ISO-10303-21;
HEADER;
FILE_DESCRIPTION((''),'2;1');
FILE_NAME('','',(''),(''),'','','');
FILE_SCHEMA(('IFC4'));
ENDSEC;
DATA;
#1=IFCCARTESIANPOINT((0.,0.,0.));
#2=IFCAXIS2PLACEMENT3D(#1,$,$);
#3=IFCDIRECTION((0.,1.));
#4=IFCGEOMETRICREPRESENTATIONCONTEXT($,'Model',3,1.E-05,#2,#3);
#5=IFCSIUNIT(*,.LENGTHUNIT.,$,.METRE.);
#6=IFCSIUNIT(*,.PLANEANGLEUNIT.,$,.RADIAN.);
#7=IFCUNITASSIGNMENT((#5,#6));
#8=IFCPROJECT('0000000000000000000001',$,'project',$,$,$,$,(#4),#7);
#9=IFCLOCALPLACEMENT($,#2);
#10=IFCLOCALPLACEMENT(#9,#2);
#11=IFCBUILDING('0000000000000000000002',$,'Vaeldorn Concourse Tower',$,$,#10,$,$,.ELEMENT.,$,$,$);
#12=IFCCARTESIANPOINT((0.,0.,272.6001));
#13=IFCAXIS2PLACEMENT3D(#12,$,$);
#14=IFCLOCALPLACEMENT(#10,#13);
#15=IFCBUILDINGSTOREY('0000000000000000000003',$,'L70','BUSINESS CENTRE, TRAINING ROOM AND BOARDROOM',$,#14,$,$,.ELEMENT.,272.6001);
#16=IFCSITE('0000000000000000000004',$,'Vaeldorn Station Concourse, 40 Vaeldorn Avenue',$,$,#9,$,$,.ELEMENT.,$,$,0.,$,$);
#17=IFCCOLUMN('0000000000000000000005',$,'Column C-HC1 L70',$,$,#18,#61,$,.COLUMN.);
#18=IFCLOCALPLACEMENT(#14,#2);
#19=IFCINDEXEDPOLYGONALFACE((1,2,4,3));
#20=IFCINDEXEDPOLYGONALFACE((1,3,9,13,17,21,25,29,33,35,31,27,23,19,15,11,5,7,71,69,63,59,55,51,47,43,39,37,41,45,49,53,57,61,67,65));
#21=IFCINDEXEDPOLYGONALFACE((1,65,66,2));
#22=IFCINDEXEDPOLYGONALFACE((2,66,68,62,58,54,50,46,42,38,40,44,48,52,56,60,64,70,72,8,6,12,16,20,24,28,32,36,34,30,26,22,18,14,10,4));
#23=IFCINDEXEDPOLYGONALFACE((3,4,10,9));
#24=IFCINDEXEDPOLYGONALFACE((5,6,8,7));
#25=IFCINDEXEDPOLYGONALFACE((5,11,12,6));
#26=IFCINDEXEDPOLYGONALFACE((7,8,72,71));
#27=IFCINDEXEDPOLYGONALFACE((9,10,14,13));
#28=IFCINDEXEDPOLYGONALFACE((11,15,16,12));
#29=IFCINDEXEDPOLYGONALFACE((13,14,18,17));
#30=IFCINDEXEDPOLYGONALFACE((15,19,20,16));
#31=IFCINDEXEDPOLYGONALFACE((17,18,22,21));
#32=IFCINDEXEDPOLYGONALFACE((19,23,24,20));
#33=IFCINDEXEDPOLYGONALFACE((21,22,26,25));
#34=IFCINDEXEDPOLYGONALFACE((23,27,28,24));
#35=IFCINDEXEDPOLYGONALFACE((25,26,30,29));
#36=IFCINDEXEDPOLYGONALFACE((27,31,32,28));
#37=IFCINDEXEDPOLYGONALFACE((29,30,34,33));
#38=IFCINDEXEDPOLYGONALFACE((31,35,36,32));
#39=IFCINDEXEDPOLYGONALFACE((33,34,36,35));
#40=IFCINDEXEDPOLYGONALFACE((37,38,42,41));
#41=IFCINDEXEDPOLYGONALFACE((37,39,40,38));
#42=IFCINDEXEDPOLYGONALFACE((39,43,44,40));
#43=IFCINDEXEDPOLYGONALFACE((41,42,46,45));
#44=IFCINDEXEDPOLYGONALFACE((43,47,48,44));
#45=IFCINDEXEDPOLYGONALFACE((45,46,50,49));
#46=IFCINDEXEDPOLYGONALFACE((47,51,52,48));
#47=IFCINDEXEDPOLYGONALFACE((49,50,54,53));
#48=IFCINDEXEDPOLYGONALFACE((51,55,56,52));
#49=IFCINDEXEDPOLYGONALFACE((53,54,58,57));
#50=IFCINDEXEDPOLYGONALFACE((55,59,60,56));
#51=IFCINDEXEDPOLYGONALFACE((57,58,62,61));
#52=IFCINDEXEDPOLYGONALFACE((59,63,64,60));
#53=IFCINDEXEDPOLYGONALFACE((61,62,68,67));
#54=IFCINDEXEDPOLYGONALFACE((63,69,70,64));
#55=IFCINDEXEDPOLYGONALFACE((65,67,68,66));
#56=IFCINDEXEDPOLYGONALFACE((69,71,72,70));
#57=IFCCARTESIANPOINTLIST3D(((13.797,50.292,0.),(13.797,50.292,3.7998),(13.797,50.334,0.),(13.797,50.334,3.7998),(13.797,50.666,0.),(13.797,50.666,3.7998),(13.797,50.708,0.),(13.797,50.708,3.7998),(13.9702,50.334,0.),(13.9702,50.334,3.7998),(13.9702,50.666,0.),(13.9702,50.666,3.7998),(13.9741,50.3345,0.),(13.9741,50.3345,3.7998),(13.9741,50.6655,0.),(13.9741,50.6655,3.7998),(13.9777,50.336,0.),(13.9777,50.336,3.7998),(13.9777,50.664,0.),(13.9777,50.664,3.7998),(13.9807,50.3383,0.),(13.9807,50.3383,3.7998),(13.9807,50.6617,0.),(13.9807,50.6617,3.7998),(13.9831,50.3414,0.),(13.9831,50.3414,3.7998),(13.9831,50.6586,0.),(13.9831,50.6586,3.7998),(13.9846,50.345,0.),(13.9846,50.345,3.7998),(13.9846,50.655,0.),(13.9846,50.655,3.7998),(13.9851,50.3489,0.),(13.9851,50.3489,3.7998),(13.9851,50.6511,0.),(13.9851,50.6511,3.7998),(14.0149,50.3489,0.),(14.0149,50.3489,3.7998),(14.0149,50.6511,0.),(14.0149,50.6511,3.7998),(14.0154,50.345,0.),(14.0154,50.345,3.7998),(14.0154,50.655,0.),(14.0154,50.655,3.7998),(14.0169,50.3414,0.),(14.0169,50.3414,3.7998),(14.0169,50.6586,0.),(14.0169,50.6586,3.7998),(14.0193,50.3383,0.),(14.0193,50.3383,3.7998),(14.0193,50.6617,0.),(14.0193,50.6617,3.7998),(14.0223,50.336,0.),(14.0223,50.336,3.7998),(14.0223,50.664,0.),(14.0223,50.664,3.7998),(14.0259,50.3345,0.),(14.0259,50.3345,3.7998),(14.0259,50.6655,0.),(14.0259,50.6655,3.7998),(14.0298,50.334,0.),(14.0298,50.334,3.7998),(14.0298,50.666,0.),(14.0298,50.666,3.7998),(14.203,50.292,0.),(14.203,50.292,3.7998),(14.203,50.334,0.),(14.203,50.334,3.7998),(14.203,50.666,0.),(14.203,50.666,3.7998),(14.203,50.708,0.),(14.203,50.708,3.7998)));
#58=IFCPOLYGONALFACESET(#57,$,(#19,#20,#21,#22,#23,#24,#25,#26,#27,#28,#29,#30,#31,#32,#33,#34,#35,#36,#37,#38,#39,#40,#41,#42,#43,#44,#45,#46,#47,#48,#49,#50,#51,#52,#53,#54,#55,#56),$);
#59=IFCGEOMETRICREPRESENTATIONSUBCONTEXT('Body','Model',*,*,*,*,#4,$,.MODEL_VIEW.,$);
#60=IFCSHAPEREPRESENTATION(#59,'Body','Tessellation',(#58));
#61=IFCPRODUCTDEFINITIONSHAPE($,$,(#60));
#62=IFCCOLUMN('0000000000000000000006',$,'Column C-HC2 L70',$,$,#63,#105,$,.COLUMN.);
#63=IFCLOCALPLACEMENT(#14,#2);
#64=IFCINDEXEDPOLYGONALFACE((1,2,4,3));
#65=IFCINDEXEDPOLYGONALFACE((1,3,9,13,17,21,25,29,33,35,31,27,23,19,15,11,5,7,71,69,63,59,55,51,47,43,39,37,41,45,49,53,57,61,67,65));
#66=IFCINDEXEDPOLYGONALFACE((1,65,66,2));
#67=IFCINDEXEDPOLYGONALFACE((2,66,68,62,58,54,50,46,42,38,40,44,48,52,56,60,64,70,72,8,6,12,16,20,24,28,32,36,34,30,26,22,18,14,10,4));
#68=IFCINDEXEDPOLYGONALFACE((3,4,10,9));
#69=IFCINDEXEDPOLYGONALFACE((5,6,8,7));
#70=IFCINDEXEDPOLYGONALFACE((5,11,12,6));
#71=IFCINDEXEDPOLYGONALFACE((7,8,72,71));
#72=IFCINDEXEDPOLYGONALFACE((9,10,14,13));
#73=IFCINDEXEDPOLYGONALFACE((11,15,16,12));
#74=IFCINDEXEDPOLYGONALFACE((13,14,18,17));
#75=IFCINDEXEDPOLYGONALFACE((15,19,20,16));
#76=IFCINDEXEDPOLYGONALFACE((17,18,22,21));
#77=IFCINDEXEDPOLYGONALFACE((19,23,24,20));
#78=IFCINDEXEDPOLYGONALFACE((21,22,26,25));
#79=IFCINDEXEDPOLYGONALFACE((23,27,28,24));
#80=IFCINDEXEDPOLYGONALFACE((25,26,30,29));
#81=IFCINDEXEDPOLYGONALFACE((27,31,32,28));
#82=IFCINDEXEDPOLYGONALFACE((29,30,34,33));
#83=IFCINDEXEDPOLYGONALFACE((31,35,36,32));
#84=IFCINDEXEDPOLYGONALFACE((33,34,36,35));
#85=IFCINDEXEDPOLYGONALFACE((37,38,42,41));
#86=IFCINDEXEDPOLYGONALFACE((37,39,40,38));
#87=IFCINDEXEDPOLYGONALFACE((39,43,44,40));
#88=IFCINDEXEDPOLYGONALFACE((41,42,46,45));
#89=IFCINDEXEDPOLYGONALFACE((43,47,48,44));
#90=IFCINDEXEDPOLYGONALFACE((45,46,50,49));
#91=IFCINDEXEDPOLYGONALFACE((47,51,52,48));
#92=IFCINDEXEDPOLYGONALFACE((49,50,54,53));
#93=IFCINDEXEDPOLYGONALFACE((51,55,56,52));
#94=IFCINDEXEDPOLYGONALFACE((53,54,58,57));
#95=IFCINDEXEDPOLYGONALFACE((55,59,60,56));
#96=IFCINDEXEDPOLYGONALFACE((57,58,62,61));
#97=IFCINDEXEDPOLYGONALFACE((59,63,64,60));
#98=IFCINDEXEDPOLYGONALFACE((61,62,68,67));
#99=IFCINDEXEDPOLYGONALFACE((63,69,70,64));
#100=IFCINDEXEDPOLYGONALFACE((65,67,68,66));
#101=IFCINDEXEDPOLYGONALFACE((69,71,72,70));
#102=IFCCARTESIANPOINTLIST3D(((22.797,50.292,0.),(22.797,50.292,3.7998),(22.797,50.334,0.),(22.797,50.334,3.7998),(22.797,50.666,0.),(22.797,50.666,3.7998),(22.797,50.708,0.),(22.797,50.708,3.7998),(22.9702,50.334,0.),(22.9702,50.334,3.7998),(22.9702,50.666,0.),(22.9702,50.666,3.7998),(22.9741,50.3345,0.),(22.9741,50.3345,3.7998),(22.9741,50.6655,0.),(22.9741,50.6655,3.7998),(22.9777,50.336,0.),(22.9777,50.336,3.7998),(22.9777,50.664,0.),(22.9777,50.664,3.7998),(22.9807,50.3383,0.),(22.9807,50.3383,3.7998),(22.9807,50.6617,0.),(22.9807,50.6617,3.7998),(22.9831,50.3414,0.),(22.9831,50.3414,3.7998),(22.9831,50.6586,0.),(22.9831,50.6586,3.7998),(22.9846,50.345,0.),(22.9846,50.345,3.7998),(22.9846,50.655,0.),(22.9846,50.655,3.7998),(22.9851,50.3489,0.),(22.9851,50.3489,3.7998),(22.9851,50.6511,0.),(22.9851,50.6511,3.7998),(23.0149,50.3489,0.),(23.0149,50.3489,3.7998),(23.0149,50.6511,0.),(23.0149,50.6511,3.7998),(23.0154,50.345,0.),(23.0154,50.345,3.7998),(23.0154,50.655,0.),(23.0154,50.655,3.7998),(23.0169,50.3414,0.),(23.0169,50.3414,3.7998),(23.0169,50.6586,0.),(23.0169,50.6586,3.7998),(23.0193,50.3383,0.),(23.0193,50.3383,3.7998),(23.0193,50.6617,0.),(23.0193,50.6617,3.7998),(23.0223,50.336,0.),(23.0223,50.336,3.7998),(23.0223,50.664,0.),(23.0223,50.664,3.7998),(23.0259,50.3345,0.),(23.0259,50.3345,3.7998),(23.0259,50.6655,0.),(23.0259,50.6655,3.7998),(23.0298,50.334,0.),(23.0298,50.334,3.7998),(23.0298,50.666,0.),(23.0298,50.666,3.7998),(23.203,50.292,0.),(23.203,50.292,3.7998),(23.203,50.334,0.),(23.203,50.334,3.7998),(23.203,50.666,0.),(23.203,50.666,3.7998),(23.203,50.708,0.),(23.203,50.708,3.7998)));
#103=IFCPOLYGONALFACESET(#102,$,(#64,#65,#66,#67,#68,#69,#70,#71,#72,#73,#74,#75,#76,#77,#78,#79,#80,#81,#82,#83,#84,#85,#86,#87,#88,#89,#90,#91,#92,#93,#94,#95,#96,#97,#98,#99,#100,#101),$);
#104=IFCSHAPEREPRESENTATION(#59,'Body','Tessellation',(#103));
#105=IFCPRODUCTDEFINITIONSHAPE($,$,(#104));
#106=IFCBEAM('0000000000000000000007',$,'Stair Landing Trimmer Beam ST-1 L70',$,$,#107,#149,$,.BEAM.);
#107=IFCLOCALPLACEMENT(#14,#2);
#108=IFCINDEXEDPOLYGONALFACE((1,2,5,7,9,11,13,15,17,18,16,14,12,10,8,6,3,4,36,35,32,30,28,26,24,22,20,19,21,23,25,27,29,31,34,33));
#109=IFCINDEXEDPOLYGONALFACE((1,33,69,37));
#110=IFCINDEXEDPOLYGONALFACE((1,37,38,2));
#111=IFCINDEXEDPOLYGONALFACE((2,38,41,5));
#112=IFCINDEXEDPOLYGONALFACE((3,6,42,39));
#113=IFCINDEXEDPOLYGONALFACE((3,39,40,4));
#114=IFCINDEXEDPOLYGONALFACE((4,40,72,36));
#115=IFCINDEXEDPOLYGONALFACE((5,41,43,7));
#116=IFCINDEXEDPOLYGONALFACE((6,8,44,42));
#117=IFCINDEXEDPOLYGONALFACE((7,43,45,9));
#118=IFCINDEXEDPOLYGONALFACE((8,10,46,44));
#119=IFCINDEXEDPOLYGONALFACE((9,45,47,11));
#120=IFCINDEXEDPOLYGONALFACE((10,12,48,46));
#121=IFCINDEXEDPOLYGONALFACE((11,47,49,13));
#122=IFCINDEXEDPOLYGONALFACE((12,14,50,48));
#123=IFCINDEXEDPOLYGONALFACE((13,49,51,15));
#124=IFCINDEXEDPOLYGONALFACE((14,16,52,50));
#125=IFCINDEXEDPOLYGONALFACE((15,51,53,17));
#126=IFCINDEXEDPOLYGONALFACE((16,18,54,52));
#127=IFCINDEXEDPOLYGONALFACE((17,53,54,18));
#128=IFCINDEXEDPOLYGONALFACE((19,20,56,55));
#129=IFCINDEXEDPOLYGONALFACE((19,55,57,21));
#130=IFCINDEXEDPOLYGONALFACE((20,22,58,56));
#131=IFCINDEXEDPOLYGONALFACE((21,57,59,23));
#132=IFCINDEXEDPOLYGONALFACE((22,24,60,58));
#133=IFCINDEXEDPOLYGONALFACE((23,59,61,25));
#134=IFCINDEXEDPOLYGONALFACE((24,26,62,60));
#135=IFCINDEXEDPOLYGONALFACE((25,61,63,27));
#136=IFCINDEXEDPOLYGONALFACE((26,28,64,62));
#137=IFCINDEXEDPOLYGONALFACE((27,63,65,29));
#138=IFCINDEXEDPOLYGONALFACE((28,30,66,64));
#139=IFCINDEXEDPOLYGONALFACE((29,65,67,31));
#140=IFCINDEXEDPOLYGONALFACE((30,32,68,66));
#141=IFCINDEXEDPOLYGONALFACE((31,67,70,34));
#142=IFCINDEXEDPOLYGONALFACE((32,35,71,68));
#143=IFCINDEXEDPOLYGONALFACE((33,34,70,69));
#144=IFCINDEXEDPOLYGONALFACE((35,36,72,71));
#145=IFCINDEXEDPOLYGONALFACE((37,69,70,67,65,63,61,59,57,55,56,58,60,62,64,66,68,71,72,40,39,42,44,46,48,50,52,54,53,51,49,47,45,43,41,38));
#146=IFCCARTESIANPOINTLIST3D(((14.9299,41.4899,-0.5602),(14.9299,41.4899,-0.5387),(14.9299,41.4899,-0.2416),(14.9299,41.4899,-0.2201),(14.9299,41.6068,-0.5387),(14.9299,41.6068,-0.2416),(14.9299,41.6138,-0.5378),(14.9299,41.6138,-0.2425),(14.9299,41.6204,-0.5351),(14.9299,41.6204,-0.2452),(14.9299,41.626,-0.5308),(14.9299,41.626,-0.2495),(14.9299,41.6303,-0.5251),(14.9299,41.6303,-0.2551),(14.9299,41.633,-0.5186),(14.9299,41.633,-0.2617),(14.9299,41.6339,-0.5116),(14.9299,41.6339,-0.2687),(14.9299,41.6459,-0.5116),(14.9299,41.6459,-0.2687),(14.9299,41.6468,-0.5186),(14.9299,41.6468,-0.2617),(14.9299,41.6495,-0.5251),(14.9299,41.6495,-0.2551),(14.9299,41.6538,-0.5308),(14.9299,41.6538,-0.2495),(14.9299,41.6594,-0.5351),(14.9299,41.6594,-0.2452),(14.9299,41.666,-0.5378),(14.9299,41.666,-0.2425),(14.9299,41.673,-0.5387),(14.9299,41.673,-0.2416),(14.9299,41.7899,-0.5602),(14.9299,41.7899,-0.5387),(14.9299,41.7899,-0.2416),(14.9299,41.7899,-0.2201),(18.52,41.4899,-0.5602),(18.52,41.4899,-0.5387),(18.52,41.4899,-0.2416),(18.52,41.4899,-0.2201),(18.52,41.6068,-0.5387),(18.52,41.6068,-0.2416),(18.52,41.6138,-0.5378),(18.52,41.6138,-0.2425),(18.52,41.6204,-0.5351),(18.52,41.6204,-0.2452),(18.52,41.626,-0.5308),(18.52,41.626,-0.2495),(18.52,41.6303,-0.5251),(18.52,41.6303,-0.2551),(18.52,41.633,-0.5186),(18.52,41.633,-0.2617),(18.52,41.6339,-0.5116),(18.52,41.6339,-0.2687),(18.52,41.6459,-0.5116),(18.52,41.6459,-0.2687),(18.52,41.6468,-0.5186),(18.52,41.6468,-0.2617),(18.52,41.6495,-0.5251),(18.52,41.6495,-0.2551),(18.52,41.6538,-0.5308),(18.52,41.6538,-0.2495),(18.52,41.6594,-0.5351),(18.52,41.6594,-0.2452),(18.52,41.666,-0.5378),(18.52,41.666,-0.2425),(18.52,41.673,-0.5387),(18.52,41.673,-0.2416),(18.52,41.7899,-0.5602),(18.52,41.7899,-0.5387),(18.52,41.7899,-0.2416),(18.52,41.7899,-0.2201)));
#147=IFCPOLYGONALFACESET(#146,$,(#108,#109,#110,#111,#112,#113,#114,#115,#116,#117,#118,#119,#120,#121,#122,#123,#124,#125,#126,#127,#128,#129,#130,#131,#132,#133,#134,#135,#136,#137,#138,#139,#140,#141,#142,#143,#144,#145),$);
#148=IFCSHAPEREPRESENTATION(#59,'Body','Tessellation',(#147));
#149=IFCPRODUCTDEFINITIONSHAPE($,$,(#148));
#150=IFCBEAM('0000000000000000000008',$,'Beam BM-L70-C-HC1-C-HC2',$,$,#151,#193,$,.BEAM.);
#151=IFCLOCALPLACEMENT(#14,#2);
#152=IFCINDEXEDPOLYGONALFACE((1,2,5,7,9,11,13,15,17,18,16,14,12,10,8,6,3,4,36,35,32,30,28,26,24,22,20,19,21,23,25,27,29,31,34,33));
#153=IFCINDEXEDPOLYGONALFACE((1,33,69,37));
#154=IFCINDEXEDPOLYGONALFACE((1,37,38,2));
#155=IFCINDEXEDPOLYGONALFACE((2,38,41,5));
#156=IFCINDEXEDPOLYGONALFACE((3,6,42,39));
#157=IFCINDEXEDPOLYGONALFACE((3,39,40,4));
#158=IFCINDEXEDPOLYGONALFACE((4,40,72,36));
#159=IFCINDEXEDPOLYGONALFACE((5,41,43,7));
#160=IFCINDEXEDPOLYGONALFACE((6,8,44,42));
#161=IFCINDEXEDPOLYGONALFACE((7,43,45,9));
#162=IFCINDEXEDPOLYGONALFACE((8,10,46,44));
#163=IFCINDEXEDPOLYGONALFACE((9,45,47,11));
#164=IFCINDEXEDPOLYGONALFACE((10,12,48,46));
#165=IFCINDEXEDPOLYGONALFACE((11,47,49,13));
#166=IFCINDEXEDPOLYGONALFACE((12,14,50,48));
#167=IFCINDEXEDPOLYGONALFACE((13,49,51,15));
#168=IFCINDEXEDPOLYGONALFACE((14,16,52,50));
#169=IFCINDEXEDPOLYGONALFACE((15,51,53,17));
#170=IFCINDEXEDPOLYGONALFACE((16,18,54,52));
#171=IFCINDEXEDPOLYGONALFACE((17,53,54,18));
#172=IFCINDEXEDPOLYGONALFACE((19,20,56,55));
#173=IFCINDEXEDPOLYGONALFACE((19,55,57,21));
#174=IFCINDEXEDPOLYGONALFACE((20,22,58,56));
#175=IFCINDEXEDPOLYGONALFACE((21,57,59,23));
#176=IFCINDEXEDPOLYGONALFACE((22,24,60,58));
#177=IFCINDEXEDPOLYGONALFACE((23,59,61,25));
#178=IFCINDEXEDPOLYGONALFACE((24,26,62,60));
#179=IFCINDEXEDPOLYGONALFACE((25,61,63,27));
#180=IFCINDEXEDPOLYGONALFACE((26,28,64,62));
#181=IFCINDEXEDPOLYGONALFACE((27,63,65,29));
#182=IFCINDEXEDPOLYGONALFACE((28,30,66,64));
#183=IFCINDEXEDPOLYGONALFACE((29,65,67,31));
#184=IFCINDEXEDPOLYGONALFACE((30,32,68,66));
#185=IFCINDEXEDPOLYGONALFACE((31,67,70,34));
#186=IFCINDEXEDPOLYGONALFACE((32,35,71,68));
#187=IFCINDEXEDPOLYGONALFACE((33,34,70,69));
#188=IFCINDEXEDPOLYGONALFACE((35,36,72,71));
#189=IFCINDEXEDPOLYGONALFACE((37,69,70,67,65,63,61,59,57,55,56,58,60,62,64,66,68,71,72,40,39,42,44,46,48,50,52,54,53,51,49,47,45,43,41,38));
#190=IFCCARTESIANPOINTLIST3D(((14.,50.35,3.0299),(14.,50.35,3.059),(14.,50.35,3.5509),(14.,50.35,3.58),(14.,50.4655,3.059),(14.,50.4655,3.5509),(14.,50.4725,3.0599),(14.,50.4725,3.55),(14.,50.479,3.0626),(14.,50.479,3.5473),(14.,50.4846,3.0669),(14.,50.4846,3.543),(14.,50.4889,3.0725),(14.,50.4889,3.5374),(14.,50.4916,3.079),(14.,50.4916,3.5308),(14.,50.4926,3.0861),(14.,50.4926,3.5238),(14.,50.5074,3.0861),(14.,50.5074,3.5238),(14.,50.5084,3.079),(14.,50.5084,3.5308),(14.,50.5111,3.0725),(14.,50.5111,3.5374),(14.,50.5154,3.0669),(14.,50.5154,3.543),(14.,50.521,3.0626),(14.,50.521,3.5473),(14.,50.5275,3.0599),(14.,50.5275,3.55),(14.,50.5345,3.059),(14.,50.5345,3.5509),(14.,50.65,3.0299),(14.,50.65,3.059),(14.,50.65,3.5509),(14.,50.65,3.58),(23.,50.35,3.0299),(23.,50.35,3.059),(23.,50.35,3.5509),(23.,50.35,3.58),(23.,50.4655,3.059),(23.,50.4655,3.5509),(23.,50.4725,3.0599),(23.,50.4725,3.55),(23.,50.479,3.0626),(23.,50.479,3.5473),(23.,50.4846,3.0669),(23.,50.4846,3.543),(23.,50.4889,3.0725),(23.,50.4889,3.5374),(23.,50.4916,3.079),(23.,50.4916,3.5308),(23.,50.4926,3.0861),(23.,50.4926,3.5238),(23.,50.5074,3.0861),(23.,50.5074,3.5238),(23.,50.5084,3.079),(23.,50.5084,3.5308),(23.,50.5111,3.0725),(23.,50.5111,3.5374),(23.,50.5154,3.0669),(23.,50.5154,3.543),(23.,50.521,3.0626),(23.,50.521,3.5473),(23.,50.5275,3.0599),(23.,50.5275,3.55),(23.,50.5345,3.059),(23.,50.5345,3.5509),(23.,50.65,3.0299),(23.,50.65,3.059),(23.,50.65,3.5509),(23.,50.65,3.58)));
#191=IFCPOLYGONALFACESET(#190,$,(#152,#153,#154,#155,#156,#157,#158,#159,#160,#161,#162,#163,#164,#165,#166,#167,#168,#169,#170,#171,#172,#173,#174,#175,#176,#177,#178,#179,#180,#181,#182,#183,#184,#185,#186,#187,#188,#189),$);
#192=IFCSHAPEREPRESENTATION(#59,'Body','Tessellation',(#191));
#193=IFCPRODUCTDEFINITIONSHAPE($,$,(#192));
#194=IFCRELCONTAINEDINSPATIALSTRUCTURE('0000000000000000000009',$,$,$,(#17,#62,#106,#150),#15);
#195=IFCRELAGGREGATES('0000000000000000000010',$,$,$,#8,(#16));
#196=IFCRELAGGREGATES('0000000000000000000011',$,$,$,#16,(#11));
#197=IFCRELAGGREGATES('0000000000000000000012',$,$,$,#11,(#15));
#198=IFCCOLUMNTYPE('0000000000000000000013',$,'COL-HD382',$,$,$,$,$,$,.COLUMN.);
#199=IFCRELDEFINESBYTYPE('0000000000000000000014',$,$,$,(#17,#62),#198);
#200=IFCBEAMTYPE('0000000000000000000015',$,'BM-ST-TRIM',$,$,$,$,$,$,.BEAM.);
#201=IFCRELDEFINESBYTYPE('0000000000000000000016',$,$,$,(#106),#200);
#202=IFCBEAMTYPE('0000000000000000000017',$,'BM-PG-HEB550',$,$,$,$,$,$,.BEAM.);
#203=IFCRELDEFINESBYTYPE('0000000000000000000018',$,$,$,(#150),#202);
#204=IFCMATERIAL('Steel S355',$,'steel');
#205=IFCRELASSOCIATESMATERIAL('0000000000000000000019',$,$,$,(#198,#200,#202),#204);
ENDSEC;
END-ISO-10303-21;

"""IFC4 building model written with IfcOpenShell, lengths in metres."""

from ifc_helpers import new_model, si_unit, direction, frame, origin, origin_2d, place, context, subcontext, project, spatial, i_section, extrude, source, transform, mapped, material, material_profile, profile_set, type_object, element, save


model = new_model("IFC4")

# Units and contexts
model_context = context("Model", 3, precision=1e-05, world=origin(), true_north=direction((0.0, 1.0)))
body_context = subcontext(model_context, "Body", "Model", "MODEL_VIEW")
ifc_project = project(units=[si_unit("LENGTHUNIT", "METRE"), si_unit("PLANEANGLEUNIT", "RADIAN")], contexts=[model_context])

# Site, building, storey
site_placement = place(None, origin())
site = spatial("IfcSite", under=ifc_project, at=site_placement, Name="Vaeldorn Station Concourse, 40 Vaeldorn Avenue", CompositionType="ELEMENT", RefElevation=0.0)
building_placement = place(site_placement, origin())
building = spatial("IfcBuilding", under=site, at=building_placement, Name="Vaeldorn Concourse Tower", CompositionType="ELEMENT")
storey_placement = place(building_placement, frame((0.0, 0.0, 272.6001)))
storey = spatial("IfcBuildingStorey", under=building, at=storey_placement, Name="L70", Description="BUSINESS CENTRE, TRAINING ROOM AND BOARDROOM", CompositionType="ELEMENT", Elevation=272.6001)

# Columns
ifc_material_1 = material(Name="Steel S355", Category="steel")
ifc_material_profile_1 = material_profile(ifc_material_1, i_section(OverallWidth=0.406, OverallDepth=0.416, WebThickness=0.0298, FlangeThickness=0.042, FilletRadius=0.0149, at=origin_2d()), Name="HD 400x382")
ifc_profile_set_1 = profile_set([ifc_material_profile_1], Name="Steel S355")
column_type = type_object("IfcColumnType", Name="COL-HD382", PredefinedType="COLUMN", material=ifc_profile_set_1)
shared_shape_1 = source(origin(), body_context, "Body", "SweptSolid", [
    extrude(i_section(OverallWidth=0.406, OverallDepth=0.416, WebThickness=0.0298, FlangeThickness=0.042, FilletRadius=0.0149, at=origin_2d()), origin(), (0.0, 0.0, 1.0), 3.7998),
])
for number, where, z_axis, x_axis, name in (
    (1, (14.0, 50.5, 0.0), (0.0, 0.0, 1.0), (1.0, 0.0, 0.0), "Column C-HC1 L70"),
    (2, (23.0, 50.5, 0.0), (0.0, 0.0, 1.0), (1.0, 0.0, 0.0), "Column C-HC2 L70"),
):
    element("IfcColumn", number, at=place(storey_placement, frame(where, z_axis=z_axis, x_axis=x_axis)), inside=storey, type_object=column_type, Name=name, PredefinedType="COLUMN", context=body_context, shape_type="MappedRepresentation", body=[
        mapped(shared_shape_1, transform((0.0, 0.0, 0.0), scale=1.0)),
    ])

# Beams
ifc_material_profile_2 = material_profile(ifc_material_1, i_section(OverallWidth=0.3, OverallDepth=0.3401, WebThickness=0.012, FlangeThickness=0.0215, FilletRadius=0.0271, at=origin_2d()), Name="HEB 340")
ifc_profile_set_2 = profile_set([ifc_material_profile_2], Name="Steel S355")
beam_type_1 = type_object("IfcBeamType", Name="BM-ST-TRIM", PredefinedType="BEAM", material=ifc_profile_set_2)
shared_shape_2 = source(origin(), body_context, "Body", "SweptSolid", [
    extrude(i_section(OverallWidth=0.3, OverallDepth=0.3401, WebThickness=0.012, FlangeThickness=0.0215, FilletRadius=0.0271, at=origin_2d()), origin(), (0.0, 0.0, 1.0), 3.5901),
])
beam_1_placement = place(storey_placement, frame((14.9299, 41.6399, -0.3901), z_axis=(1.0, 0.0, 0.0), x_axis=(0.0, 1.0, 0.0)))
element("IfcBeam", 3, at=beam_1_placement, inside=storey, type_object=beam_type_1, Name="Stair Landing Trimmer Beam ST-1 L70", PredefinedType="BEAM", context=body_context, shape_type="MappedRepresentation", body=[
    mapped(shared_shape_2, transform((0.0, 0.0, 0.0), scale=1.0)),
])
ifc_material_profile_3 = material_profile(ifc_material_1, i_section(OverallWidth=0.3, OverallDepth=0.55, WebThickness=0.0149, FlangeThickness=0.0291, FilletRadius=0.0271, at=origin_2d()), Name="HEB 550")
ifc_profile_set_3 = profile_set([ifc_material_profile_3], Name="Steel S355")
beam_type_2 = type_object("IfcBeamType", Name="BM-PG-HEB550", PredefinedType="BEAM", material=ifc_profile_set_3)
shared_shape_3 = source(origin(), body_context, "Body", "SweptSolid", [
    extrude(i_section(OverallWidth=0.3, OverallDepth=0.55, WebThickness=0.0149, FlangeThickness=0.0291, FilletRadius=0.0271, at=origin_2d()), origin(), (0.0, 0.0, 1.0), 9.0),
])
beam_2_placement = place(storey_placement, frame((14.0, 50.5, 3.3049), z_axis=(1.0, 0.0, 0.0), x_axis=(0.0, 1.0, 0.0)))
element("IfcBeam", 4, at=beam_2_placement, inside=storey, type_object=beam_type_2, Name="Beam BM-L70-C-HC1-C-HC2", PredefinedType="BEAM", context=body_context, shape_type="MappedRepresentation", body=[
    mapped(shared_shape_3, transform((0.0, 0.0, 0.0), scale=1.0)),
])

save(model, "model.ifc")
